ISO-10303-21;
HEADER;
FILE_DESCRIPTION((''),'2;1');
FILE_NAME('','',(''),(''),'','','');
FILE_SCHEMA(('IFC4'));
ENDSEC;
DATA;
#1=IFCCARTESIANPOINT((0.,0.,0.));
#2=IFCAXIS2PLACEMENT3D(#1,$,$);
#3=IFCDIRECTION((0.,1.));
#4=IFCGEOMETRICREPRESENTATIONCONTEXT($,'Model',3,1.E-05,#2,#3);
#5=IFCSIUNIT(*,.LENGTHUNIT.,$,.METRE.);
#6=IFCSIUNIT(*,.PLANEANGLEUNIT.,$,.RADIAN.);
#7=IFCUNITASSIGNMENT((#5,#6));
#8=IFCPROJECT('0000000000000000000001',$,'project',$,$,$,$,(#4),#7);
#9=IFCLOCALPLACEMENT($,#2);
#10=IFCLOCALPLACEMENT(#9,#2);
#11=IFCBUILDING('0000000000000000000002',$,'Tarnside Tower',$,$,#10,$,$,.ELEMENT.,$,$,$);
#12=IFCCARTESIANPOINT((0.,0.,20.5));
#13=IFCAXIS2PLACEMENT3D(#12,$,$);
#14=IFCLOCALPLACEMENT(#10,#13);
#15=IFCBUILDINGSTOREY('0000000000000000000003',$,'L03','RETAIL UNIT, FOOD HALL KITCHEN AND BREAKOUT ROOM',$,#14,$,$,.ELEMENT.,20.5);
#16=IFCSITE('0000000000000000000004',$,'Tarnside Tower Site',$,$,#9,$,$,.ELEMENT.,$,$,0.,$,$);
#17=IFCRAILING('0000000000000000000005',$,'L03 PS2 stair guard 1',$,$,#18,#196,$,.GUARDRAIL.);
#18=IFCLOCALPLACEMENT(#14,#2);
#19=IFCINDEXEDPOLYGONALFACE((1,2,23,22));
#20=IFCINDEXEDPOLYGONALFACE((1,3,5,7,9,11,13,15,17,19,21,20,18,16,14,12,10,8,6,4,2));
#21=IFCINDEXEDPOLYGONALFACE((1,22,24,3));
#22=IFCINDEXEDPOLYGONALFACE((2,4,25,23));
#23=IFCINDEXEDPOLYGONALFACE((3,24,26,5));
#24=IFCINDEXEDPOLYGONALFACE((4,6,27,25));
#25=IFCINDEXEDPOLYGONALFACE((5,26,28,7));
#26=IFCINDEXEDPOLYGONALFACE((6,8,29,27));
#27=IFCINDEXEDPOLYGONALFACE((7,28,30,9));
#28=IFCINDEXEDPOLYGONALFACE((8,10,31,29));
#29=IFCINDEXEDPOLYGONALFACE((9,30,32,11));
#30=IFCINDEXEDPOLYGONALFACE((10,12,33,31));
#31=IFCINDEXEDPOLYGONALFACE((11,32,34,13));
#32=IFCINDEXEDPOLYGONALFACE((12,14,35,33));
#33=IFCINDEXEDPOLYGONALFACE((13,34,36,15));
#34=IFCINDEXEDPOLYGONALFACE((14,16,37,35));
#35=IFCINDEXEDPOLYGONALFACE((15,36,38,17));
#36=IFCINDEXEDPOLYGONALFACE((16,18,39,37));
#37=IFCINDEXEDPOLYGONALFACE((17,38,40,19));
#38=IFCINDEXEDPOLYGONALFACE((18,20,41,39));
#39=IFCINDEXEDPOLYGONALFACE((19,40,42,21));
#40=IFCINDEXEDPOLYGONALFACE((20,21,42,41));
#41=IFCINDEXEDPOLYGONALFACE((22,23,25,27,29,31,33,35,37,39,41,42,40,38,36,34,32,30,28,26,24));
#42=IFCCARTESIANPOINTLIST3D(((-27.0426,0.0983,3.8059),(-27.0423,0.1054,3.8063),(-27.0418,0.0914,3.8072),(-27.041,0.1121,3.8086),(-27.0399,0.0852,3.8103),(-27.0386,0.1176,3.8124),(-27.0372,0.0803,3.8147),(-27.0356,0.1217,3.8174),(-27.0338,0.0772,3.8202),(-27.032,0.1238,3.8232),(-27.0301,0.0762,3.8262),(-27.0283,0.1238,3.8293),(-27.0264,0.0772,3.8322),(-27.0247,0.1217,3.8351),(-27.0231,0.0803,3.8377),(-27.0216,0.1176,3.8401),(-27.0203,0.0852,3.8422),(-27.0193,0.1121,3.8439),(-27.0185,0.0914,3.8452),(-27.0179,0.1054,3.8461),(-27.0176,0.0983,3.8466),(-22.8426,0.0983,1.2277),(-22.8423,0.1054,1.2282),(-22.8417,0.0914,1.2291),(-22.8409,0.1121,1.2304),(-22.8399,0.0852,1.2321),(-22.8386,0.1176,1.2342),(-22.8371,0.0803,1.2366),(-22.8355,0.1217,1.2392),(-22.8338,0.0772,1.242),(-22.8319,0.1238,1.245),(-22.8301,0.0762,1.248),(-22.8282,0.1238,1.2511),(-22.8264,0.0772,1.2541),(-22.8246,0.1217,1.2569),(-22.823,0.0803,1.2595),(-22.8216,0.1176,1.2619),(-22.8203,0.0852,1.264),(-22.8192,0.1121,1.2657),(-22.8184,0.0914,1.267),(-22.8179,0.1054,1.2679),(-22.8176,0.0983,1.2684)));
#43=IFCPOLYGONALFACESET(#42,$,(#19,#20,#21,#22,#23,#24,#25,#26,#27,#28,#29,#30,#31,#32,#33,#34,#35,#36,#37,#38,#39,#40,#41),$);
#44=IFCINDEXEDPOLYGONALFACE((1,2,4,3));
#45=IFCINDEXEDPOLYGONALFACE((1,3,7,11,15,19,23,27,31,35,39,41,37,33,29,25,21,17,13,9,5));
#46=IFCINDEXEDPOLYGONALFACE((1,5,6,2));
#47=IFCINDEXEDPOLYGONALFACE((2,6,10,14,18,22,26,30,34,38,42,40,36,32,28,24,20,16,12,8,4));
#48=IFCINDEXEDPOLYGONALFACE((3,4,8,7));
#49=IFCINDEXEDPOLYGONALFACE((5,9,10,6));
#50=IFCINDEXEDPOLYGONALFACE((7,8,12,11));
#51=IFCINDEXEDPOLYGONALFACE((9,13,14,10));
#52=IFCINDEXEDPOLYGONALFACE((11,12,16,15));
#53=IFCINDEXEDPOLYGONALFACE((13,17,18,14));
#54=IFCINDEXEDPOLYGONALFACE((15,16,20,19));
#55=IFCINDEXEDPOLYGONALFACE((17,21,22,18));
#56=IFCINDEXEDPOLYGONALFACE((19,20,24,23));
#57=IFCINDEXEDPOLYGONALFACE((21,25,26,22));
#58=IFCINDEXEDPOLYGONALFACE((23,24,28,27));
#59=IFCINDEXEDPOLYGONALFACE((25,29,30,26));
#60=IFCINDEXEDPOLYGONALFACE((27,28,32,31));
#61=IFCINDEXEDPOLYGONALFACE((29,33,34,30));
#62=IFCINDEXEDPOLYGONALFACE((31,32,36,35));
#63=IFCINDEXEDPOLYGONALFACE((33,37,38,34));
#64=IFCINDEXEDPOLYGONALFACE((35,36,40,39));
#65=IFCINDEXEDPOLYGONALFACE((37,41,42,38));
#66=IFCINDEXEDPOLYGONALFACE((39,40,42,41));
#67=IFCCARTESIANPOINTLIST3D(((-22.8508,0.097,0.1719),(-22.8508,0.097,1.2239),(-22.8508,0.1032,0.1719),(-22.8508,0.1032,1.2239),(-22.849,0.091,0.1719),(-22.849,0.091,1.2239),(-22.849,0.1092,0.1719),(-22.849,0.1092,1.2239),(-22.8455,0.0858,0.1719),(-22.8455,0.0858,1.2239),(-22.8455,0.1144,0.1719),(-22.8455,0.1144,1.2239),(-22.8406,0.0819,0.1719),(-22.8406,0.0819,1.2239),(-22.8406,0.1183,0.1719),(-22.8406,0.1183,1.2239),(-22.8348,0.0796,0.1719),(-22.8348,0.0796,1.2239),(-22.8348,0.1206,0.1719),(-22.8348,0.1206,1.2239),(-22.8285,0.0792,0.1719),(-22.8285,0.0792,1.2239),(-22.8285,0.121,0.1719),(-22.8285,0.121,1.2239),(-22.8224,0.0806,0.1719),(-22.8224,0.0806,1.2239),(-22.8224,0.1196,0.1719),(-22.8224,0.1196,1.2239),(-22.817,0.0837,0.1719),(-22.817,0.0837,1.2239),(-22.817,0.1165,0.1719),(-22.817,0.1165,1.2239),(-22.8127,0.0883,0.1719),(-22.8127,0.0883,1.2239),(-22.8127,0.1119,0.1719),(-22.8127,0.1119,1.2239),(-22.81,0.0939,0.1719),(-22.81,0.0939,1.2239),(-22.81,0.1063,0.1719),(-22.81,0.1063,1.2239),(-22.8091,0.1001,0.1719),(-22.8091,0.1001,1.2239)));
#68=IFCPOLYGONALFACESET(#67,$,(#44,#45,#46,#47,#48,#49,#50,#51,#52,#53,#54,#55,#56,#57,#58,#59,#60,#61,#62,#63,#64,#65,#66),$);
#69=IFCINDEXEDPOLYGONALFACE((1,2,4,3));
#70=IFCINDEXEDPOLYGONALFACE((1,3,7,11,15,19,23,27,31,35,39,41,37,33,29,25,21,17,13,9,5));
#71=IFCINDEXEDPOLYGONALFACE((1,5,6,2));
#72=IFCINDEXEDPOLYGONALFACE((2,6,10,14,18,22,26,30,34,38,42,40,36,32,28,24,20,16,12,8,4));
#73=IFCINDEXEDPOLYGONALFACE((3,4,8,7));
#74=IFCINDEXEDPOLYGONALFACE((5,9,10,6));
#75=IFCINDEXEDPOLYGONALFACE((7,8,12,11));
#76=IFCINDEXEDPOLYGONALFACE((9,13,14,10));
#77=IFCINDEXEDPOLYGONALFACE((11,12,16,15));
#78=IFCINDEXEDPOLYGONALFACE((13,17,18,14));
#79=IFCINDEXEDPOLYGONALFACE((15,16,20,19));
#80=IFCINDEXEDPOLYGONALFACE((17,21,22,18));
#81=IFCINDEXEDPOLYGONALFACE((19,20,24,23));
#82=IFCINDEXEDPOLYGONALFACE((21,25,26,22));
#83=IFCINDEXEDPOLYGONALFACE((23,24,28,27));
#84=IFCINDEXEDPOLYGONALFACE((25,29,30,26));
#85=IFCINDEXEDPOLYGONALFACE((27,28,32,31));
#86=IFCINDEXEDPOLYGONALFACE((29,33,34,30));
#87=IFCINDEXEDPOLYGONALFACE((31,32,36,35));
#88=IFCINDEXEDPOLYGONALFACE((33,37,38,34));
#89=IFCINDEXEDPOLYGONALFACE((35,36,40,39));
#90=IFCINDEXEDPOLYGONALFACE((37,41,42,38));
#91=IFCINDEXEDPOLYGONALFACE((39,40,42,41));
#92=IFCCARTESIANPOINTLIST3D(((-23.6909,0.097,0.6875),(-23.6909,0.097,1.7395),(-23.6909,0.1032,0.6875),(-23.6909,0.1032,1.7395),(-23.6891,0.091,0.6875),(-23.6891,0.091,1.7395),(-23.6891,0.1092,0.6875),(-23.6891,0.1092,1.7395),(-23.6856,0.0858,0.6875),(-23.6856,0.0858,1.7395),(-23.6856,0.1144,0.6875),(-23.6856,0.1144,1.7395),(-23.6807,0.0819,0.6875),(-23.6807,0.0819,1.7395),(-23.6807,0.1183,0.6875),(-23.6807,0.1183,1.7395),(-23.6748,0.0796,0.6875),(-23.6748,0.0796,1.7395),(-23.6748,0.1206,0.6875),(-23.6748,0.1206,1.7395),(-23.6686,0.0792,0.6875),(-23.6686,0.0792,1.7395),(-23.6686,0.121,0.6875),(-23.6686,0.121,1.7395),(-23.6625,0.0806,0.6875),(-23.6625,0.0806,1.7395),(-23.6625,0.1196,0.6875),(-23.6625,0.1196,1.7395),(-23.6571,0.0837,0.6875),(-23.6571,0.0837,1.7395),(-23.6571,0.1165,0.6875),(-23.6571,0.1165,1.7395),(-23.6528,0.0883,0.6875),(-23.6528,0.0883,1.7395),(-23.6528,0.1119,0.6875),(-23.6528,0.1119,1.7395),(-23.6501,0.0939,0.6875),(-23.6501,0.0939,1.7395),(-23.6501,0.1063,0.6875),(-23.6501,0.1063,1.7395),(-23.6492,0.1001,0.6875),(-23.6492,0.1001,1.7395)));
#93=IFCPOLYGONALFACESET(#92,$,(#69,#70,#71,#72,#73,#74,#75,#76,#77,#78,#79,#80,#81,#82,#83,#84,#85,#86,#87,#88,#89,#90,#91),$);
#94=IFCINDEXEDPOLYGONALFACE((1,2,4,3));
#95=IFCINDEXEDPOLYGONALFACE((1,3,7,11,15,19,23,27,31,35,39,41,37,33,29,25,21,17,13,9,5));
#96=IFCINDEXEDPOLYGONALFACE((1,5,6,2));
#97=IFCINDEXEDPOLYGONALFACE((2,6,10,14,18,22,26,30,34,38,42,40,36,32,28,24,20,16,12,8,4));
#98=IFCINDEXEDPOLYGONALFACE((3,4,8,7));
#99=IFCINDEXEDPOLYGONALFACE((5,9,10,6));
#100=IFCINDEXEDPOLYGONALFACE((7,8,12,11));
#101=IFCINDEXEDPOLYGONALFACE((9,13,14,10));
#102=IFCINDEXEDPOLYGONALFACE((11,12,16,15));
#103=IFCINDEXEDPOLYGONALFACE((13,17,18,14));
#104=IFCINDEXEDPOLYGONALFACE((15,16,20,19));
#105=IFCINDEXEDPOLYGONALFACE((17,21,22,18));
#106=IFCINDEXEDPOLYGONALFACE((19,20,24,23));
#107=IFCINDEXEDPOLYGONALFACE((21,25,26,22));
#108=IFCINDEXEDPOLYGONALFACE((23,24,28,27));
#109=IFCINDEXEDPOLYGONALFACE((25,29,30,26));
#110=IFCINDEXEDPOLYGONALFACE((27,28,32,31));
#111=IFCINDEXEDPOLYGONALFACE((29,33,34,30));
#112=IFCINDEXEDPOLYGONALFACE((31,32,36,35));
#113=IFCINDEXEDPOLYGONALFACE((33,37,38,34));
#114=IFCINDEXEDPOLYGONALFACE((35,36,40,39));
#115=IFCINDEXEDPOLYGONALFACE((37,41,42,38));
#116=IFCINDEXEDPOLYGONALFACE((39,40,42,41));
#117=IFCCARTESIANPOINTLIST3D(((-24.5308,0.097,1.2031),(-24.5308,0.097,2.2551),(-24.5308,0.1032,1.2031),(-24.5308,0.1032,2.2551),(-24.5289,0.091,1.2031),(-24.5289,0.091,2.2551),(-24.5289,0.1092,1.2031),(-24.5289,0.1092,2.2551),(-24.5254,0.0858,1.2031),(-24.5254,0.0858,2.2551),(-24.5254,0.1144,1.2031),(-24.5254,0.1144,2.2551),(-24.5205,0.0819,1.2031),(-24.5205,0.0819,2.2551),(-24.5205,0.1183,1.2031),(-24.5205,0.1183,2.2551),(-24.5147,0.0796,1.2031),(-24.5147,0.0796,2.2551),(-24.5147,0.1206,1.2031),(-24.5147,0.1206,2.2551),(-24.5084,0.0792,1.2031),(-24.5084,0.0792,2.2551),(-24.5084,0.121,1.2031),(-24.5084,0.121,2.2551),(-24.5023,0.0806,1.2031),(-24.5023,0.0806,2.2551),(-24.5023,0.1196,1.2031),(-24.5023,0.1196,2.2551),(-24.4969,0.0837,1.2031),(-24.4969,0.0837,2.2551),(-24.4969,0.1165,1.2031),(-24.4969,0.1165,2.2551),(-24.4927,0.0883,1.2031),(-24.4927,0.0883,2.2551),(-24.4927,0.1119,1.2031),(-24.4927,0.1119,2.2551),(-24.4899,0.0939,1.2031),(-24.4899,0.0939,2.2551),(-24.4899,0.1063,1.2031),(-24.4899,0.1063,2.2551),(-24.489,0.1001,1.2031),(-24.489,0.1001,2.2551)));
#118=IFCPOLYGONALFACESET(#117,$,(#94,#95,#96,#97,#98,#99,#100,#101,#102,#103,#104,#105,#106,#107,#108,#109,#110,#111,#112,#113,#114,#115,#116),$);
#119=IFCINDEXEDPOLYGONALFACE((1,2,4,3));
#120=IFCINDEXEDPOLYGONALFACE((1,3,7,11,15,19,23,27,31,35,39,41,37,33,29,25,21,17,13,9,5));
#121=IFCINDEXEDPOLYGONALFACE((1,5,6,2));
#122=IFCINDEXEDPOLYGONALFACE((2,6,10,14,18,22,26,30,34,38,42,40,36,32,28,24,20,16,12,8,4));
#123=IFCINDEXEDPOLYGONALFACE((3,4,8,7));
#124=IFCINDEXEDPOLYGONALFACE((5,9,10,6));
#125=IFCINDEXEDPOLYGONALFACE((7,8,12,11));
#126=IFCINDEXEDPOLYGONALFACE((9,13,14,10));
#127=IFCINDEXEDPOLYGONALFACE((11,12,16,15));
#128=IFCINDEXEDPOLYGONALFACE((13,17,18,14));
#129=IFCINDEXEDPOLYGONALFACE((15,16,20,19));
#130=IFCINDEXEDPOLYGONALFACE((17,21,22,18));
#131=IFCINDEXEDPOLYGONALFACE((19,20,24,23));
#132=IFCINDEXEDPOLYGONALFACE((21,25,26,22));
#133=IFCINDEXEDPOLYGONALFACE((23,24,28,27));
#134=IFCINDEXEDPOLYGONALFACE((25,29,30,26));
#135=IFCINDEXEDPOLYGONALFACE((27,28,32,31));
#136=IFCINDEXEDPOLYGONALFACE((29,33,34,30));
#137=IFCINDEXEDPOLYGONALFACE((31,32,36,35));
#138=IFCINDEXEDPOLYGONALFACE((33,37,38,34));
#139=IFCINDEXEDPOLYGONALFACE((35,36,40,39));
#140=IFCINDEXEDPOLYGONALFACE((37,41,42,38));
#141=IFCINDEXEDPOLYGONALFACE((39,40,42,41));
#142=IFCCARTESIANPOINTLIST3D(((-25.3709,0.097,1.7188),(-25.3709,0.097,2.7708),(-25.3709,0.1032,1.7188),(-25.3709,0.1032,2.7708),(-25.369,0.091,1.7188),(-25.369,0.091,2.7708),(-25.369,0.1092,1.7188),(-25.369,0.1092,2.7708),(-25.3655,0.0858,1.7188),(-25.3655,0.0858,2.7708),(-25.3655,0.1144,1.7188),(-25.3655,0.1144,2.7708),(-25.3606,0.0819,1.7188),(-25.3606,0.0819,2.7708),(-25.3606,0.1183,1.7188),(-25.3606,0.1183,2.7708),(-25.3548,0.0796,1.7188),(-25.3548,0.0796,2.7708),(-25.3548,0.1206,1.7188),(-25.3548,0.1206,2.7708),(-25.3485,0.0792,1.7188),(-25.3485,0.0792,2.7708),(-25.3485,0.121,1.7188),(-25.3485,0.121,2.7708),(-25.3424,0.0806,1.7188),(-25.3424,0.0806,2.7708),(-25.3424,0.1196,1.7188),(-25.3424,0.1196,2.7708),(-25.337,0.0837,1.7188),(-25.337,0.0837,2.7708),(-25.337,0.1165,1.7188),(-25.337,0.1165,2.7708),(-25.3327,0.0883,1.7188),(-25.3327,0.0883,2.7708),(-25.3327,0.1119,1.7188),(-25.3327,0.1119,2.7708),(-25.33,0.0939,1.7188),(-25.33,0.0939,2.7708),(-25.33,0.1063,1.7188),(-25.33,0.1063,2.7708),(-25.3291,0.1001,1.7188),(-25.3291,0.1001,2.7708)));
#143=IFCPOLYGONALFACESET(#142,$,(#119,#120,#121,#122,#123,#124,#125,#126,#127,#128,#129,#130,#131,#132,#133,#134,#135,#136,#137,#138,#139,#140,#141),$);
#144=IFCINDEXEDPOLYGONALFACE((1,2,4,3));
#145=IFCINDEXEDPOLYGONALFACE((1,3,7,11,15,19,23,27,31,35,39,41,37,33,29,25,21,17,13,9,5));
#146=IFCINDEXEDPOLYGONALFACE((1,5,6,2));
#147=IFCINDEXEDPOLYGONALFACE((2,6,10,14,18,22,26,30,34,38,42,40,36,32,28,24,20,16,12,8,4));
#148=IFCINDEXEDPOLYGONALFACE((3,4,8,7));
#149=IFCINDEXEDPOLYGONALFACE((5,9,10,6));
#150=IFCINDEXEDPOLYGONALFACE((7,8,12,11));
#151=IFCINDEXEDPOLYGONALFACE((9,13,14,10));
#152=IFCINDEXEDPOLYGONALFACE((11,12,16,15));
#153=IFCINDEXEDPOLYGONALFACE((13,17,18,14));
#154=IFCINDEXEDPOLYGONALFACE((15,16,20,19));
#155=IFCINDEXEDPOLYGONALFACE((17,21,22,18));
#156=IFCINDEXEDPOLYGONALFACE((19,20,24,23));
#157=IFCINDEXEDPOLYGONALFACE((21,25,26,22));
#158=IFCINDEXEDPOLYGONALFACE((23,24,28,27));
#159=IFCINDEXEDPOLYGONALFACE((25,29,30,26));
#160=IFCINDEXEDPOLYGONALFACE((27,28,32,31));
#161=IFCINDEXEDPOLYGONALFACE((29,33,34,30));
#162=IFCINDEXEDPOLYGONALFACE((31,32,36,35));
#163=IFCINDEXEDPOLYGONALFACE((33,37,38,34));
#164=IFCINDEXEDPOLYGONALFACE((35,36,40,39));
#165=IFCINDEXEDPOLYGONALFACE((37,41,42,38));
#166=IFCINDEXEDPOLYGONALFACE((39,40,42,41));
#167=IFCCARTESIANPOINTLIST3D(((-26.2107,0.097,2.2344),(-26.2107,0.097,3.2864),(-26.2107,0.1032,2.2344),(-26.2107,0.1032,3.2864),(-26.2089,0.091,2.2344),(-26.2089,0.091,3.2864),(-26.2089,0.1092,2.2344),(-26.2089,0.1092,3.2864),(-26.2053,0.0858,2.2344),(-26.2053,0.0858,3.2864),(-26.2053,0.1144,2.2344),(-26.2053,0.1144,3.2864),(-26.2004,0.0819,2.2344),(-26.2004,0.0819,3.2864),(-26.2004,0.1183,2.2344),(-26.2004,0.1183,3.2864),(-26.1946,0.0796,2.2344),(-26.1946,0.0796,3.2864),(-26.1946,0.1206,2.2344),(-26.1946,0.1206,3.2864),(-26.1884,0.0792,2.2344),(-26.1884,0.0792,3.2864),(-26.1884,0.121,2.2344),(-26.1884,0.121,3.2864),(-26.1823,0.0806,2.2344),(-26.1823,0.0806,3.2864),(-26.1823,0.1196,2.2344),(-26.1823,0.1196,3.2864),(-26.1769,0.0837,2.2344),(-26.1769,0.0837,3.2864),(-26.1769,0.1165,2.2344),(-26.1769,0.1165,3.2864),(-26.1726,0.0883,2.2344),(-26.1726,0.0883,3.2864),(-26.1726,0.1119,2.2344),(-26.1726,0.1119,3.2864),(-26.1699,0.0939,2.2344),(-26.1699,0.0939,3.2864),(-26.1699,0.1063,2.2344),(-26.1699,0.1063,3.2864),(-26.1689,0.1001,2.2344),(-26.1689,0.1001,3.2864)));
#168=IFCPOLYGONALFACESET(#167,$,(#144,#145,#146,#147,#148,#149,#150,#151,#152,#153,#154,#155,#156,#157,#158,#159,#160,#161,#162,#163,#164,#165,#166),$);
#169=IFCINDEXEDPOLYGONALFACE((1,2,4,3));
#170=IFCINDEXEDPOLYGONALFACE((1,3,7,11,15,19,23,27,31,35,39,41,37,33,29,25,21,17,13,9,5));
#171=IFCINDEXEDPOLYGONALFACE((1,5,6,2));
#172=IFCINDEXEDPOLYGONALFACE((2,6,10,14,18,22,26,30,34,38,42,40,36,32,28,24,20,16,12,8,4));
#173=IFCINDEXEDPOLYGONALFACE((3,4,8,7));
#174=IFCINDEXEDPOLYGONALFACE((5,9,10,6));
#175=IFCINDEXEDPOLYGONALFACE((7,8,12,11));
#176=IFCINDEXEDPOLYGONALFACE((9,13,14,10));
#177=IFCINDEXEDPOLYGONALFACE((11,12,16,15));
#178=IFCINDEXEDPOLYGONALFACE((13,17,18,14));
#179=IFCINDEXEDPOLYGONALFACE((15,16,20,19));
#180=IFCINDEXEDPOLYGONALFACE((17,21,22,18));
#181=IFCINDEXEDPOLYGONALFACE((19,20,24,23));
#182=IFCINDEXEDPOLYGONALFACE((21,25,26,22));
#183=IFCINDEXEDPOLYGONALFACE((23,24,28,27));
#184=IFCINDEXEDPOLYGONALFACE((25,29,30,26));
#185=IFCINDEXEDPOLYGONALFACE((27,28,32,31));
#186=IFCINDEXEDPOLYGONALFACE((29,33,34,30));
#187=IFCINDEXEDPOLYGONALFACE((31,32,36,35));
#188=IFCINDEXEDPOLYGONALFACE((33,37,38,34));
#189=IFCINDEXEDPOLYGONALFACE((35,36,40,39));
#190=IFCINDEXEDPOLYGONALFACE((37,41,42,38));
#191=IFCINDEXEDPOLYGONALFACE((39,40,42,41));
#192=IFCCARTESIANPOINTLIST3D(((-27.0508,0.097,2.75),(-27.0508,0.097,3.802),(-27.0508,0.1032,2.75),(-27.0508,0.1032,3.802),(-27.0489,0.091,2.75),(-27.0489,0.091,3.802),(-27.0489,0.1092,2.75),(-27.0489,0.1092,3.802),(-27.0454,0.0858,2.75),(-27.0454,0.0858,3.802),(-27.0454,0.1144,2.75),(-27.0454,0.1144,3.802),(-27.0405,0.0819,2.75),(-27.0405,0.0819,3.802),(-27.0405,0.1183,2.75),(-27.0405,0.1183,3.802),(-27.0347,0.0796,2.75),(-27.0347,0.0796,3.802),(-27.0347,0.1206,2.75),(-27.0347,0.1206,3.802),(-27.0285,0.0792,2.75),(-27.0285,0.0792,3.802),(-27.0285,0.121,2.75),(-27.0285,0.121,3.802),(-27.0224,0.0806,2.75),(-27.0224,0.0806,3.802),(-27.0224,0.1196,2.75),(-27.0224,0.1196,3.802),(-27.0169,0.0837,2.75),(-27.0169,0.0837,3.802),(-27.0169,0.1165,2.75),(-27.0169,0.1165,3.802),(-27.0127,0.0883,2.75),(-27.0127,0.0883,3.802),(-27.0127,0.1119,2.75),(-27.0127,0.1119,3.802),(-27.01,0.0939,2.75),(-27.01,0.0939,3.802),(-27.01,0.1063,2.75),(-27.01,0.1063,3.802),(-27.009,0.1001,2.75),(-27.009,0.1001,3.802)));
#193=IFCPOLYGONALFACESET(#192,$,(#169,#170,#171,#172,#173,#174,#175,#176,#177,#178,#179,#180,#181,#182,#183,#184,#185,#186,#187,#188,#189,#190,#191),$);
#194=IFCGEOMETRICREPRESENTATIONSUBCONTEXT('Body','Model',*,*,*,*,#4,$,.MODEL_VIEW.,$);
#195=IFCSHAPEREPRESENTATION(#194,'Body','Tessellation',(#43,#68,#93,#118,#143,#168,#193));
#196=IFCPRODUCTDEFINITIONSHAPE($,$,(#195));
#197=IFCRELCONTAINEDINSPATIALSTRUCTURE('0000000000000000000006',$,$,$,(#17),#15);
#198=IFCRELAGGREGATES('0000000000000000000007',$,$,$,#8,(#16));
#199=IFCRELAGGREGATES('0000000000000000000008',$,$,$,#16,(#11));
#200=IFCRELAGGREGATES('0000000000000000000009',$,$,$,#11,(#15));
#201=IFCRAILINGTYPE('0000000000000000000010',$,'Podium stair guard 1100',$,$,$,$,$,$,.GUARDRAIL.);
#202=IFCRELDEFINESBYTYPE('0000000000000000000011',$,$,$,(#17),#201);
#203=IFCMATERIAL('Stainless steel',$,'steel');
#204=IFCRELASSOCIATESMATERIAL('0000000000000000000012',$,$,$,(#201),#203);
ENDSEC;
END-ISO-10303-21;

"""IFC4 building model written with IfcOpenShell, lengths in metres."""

from ifc_helpers import new_model, si_unit, direction, frame, origin, origin_2d, place, context, subcontext, project, spatial, circle, extrude, material, type_object, element, save


model = new_model("IFC4")

# Units and contexts
model_context = context("Model", 3, precision=1e-05, world=origin(), true_north=direction((0.0, 1.0)))
body_context = subcontext(model_context, "Body", "Model", "MODEL_VIEW")
ifc_project = project(units=[si_unit("LENGTHUNIT", "METRE"), si_unit("PLANEANGLEUNIT", "RADIAN")], contexts=[model_context])

# Site, building, storey
site_placement = place(None, origin())
site = spatial("IfcSite", under=ifc_project, at=site_placement, Name="Tarnside Tower Site", CompositionType="ELEMENT", RefElevation=0.0)
building_placement = place(site_placement, origin())
building = spatial("IfcBuilding", under=site, at=building_placement, Name="Tarnside Tower", CompositionType="ELEMENT")
storey_placement = place(building_placement, frame((0.0, 0.0, 20.5)))
storey = spatial("IfcBuildingStorey", under=building, at=storey_placement, Name="L03", Description="RETAIL UNIT, FOOD HALL KITCHEN AND BREAKOUT ROOM", CompositionType="ELEMENT", Elevation=20.5)

# Railing
ifc_material_1 = material(Name="Stainless steel", Category="steel")
railing_type_1 = type_object("IfcRailingType", Name="Podium stair guard 1100", PredefinedType="GUARDRAIL", material=ifc_material_1)
railing_1_placement = place(storey_placement, frame((-22.8301, 0.1001, 0.1719)))
element("IfcRailing", 1, at=railing_1_placement, inside=storey, type_object=railing_type_1, Name="L03 PS2 stair guard 1", PredefinedType="GUARDRAIL", context=body_context, shape_type="SweptSolid", body=[
    extrude(circle(Radius=0.0239, at=origin_2d()), frame((0.0, 0.0, 1.0762), z_axis=(-0.852243, 0.0, 0.523146), x_axis=(0.0, -1.0, 0.0)), (0.0, 0.0, 1.0), 4.9282),
    extrude(circle(Radius=0.021, at=origin_2d()), origin(), (0.0, 0.0, 1.0), 1.052),
    extrude(circle(Radius=0.021, at=origin_2d()), frame((-0.8401, 0.0, 0.5156)), (0.0, 0.0, 1.0), 1.052),
    extrude(circle(Radius=0.021, at=origin_2d()), frame((-1.6799, 0.0, 1.0312)), (0.0, 0.0, 1.0), 1.052),
    extrude(circle(Radius=0.021, at=origin_2d()), frame((-2.52, 0.0, 1.5469)), (0.0, 0.0, 1.0), 1.052),
    extrude(circle(Radius=0.021, at=origin_2d()), frame((-3.3599, 0.0, 2.0625)), (0.0, 0.0, 1.0), 1.052),
    extrude(circle(Radius=0.021, at=origin_2d()), frame((-4.2, 0.0, 2.5781)), (0.0, 0.0, 1.0), 1.052),
])

save(model, "model.ifc")
